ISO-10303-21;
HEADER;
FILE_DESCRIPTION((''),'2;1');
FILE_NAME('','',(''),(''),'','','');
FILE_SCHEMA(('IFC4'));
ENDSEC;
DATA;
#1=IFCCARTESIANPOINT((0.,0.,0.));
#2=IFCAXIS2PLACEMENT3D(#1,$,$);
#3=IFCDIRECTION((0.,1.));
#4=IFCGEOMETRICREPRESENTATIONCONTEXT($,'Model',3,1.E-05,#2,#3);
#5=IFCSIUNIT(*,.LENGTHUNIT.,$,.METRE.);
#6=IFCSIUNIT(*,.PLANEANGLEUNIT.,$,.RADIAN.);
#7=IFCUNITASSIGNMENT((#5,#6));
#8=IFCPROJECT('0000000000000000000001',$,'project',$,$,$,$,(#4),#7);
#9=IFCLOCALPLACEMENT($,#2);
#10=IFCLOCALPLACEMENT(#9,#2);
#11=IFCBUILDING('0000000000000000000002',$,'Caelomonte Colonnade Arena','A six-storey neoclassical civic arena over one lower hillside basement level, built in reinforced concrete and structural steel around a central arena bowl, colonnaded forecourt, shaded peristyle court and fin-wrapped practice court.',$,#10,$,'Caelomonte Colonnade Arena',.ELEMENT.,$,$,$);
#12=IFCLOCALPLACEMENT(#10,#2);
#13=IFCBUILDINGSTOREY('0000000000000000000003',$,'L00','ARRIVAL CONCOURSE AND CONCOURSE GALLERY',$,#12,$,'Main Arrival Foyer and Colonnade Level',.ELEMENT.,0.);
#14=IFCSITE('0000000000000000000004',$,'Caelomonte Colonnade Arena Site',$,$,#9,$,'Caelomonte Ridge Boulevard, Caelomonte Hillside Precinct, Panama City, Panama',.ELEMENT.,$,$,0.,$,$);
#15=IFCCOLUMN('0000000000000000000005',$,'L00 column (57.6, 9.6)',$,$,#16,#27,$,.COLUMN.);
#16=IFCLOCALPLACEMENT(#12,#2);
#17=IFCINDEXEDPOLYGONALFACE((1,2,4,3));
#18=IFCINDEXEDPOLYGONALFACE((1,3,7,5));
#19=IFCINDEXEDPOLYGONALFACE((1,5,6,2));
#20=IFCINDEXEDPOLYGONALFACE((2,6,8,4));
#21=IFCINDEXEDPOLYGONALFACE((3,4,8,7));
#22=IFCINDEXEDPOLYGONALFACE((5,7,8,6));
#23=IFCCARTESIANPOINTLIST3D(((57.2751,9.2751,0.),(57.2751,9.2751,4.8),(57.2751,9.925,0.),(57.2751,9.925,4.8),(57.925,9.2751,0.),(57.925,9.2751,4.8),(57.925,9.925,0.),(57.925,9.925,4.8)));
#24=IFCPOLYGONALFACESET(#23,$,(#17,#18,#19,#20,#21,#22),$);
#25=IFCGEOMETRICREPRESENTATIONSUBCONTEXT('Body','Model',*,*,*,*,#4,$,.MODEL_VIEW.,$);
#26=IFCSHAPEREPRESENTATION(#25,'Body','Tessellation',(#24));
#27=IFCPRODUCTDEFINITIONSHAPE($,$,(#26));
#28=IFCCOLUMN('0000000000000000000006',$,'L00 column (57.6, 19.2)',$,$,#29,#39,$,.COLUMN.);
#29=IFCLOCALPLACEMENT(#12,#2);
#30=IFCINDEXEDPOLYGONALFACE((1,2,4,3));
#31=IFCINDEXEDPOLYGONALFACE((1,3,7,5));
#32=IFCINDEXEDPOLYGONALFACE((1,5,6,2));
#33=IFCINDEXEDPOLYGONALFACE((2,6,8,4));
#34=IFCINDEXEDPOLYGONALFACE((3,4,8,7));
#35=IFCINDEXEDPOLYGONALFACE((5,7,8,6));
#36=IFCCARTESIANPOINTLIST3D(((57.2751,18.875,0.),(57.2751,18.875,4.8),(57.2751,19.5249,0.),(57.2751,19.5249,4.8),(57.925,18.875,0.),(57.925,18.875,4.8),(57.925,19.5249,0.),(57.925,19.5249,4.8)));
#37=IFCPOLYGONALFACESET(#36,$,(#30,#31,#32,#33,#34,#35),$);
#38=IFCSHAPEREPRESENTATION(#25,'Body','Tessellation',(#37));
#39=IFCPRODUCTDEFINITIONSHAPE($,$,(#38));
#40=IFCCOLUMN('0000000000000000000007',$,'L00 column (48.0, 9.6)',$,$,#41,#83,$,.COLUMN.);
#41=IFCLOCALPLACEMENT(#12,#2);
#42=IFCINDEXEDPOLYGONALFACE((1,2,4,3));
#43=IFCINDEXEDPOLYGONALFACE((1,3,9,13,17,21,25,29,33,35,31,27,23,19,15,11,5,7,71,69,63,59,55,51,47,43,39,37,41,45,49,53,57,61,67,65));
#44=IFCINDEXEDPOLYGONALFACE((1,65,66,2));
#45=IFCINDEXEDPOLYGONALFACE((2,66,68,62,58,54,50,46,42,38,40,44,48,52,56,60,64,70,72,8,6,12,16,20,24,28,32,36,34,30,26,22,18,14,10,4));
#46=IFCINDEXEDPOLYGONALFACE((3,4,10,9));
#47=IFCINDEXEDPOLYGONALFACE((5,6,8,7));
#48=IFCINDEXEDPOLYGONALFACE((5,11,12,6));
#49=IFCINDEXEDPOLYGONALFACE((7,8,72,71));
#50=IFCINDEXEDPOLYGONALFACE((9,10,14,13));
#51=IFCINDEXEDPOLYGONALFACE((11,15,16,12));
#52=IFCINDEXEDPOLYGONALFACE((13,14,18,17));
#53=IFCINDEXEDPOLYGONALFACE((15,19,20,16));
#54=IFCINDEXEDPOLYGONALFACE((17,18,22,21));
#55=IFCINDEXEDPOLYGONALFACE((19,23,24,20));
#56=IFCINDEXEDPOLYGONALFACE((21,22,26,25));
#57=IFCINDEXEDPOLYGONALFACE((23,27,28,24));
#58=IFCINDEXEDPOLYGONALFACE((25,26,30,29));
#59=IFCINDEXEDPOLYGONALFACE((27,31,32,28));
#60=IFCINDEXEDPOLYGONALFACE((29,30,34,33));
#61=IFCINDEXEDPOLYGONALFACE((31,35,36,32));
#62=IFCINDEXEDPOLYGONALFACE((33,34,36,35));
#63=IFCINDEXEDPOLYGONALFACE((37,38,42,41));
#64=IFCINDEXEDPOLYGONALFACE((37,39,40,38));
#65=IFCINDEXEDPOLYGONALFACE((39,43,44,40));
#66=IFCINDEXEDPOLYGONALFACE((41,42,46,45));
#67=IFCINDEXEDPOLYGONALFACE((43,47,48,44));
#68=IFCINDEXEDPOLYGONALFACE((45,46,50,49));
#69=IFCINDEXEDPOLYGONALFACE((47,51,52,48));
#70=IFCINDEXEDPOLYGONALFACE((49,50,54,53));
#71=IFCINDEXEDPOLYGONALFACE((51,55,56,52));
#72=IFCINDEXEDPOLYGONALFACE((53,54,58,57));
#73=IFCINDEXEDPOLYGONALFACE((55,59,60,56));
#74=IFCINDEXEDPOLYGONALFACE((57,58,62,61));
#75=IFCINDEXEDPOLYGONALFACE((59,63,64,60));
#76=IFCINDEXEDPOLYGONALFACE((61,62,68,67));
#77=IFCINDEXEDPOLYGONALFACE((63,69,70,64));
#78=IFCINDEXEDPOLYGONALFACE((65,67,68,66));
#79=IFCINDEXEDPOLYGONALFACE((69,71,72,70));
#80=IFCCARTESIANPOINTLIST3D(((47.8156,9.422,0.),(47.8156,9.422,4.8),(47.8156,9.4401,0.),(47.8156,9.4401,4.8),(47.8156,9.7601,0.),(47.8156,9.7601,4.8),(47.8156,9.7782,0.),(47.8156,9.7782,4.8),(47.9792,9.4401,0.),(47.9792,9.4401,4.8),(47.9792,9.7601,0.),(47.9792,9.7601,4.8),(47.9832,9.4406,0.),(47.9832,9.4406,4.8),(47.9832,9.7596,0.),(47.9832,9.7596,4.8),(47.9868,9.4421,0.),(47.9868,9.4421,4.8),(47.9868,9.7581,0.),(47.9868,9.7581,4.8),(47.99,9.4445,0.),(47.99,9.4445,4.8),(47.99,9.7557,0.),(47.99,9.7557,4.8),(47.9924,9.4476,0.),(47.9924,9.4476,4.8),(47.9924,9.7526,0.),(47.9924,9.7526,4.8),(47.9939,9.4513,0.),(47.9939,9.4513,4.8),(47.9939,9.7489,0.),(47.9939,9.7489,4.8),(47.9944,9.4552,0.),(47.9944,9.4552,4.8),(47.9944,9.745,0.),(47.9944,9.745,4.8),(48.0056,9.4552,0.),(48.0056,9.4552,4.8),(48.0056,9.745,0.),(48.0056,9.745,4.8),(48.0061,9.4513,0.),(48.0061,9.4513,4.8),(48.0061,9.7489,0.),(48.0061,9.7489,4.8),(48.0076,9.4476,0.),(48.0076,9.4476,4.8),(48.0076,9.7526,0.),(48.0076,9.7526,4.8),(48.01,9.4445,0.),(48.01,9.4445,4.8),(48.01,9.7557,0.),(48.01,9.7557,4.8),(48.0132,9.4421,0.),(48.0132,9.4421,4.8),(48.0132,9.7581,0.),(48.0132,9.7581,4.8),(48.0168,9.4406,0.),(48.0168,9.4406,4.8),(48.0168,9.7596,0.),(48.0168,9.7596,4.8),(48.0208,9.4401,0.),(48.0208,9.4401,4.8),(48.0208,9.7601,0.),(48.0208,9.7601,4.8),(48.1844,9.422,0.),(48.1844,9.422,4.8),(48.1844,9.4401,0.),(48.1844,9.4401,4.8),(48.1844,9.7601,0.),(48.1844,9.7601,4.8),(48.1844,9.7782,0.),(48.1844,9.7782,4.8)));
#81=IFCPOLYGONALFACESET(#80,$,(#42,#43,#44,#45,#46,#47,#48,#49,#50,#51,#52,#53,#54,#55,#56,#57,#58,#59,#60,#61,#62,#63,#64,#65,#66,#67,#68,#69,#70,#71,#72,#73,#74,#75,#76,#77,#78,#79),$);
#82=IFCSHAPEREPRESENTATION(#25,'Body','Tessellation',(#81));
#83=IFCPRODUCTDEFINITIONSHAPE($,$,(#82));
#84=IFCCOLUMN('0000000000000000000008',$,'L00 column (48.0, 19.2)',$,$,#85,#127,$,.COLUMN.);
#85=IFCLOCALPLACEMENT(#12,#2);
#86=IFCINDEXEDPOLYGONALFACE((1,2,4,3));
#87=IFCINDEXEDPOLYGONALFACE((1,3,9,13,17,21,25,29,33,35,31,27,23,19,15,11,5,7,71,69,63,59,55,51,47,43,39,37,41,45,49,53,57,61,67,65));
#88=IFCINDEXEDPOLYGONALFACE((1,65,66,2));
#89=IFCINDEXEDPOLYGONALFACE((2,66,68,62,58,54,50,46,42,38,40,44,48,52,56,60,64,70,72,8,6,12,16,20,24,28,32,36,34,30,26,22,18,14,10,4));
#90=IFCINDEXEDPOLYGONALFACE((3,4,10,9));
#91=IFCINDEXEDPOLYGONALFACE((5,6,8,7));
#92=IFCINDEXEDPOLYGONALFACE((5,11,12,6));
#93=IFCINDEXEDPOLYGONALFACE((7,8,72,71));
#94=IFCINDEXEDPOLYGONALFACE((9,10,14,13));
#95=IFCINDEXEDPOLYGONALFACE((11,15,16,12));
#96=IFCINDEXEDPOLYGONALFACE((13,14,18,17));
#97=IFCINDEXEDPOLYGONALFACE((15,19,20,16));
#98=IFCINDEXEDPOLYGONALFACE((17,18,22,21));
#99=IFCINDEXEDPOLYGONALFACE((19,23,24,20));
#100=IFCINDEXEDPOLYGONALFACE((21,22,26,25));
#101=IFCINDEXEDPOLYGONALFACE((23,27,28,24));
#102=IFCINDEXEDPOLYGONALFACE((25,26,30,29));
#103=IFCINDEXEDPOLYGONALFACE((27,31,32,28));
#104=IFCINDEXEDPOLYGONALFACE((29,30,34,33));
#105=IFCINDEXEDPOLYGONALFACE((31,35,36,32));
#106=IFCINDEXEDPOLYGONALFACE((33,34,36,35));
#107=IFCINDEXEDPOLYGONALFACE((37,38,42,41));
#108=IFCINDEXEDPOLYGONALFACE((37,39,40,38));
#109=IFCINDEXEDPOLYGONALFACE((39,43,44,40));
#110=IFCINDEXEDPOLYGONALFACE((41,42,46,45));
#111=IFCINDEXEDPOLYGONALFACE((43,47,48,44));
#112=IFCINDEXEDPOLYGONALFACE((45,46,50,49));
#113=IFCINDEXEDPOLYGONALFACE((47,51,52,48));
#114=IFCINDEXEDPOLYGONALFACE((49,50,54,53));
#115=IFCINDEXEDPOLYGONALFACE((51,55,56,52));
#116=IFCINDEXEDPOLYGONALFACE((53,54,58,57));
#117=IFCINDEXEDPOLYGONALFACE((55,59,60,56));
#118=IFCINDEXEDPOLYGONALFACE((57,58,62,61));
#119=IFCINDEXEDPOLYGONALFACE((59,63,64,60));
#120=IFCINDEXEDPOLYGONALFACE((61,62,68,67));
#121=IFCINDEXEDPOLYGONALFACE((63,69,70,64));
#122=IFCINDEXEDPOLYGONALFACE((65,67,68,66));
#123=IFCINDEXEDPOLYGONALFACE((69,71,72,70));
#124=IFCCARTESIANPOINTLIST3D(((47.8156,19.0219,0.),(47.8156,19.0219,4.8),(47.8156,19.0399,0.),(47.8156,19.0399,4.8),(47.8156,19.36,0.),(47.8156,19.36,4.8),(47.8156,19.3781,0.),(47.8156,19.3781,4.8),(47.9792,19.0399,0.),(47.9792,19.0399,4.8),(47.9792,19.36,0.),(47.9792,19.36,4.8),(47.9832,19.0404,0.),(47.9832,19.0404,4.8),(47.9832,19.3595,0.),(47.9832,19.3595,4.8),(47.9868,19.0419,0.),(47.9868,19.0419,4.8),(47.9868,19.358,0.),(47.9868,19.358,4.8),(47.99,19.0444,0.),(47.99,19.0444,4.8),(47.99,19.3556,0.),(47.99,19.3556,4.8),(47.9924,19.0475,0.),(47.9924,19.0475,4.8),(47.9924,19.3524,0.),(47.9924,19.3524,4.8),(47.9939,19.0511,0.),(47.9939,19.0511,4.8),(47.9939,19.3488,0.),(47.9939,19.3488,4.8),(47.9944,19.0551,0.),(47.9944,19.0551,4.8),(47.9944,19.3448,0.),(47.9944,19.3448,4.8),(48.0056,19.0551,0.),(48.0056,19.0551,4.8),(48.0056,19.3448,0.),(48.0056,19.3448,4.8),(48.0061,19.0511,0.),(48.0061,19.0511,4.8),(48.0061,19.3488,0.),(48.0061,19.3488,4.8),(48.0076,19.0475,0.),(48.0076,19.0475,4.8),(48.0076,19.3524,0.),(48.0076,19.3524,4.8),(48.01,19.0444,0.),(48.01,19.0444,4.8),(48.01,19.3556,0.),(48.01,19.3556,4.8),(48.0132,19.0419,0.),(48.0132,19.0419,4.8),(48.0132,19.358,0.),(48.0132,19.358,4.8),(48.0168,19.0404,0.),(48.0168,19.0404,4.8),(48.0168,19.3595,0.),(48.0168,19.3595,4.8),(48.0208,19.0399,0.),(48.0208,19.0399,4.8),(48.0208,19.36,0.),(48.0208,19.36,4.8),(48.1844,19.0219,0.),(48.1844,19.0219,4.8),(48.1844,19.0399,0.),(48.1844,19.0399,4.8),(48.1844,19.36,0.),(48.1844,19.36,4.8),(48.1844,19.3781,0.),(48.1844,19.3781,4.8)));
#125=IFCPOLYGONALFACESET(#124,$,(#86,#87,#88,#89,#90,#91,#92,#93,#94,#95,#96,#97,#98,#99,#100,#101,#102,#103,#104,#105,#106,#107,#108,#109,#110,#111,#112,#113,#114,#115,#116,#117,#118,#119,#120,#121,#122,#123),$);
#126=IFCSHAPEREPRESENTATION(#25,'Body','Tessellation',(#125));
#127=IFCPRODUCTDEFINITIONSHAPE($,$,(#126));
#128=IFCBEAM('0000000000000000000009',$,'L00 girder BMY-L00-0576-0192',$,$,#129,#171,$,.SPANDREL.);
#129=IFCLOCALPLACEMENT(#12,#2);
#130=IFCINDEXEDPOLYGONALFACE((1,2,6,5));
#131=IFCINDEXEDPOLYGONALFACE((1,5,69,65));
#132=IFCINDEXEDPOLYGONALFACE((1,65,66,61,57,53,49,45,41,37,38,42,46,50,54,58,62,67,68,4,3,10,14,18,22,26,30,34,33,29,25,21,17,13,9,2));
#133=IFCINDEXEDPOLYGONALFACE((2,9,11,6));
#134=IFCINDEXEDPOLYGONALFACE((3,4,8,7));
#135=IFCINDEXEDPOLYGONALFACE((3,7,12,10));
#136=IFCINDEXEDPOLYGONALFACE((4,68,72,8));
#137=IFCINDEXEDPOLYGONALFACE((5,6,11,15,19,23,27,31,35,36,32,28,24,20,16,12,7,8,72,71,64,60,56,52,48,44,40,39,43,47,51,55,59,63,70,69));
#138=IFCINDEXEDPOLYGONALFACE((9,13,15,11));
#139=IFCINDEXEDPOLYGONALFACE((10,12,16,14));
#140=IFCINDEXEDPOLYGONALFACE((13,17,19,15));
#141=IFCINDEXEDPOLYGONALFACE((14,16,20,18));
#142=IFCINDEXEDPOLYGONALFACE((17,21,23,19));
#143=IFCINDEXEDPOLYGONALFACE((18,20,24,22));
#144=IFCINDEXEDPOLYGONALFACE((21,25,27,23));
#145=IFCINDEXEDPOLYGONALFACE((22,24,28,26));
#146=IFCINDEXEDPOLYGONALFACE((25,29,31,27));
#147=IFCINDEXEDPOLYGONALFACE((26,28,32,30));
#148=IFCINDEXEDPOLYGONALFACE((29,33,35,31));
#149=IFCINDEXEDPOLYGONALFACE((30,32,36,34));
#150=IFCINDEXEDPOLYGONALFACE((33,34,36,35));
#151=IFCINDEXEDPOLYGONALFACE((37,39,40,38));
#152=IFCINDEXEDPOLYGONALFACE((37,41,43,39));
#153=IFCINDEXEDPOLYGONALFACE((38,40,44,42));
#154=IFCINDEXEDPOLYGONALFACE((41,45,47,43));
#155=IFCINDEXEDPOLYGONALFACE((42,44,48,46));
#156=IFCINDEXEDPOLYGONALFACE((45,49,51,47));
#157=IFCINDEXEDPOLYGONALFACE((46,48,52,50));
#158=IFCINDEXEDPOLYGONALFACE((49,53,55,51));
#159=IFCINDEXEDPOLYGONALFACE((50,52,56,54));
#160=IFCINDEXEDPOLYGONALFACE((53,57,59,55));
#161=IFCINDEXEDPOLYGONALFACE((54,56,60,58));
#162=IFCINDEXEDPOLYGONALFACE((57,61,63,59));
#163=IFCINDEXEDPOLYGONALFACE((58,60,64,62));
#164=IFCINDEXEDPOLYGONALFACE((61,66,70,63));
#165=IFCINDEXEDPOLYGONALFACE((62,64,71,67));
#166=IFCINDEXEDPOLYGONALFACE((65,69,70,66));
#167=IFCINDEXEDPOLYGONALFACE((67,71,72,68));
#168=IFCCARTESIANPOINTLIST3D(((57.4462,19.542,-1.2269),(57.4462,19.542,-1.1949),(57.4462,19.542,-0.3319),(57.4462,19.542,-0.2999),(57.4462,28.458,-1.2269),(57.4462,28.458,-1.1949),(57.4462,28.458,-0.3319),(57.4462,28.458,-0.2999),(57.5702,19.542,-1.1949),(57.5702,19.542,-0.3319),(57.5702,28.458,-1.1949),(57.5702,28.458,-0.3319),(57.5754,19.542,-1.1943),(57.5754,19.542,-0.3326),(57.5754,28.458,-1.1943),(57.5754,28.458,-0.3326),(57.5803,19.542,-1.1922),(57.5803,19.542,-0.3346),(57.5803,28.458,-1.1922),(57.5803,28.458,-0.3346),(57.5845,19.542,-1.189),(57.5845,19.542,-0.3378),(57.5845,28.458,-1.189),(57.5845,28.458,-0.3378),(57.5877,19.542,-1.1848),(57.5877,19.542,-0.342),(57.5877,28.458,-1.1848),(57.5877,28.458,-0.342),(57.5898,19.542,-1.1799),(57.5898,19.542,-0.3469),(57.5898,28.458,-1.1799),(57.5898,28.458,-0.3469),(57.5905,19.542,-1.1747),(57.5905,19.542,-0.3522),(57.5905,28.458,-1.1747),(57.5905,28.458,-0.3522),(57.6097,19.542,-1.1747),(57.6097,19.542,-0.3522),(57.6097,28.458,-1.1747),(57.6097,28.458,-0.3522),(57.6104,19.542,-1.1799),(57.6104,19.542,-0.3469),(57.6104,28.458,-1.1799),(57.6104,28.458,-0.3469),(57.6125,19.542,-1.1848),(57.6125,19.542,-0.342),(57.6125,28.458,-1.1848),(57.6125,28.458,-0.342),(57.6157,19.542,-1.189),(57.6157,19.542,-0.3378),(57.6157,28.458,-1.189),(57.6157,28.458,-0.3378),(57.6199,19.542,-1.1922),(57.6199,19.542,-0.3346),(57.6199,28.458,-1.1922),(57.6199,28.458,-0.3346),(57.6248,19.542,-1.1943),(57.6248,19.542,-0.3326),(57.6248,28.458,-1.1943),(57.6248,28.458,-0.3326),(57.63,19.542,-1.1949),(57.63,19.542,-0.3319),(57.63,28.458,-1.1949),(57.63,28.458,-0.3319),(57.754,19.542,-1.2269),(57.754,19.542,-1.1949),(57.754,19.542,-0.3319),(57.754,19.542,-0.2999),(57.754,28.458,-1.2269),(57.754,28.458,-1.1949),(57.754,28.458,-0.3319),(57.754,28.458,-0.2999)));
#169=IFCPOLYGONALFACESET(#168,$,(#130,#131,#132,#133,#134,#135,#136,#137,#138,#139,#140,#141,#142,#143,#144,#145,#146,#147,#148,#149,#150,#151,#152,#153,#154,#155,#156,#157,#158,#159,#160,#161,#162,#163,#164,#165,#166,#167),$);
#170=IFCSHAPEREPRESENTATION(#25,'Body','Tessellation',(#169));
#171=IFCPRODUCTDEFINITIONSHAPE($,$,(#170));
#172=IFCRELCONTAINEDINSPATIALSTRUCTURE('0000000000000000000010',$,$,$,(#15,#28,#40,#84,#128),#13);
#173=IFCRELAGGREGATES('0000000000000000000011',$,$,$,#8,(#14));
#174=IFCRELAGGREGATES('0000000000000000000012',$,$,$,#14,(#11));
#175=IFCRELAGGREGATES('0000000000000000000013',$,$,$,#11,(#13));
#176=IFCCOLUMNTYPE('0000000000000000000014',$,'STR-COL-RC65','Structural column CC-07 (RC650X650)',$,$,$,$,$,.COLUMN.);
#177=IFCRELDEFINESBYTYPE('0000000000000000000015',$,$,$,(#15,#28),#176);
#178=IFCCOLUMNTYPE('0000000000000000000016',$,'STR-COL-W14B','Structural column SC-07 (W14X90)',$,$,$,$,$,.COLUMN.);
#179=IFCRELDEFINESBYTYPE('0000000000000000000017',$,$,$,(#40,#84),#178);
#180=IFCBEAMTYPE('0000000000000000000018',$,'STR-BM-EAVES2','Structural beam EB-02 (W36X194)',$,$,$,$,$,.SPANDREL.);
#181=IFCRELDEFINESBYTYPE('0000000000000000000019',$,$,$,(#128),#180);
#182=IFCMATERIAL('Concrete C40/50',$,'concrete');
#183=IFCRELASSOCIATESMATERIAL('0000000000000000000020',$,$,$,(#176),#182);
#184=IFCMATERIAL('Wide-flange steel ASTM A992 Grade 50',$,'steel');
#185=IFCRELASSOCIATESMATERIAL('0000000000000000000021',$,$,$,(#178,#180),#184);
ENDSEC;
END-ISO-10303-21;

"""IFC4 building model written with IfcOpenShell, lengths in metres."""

from ifc_helpers import new_model, si_unit, direction, frame, origin, origin_2d, place, context, subcontext, project, spatial, rectangle, i_section, extrude, material, material_profile, profile_set, type_object, element, save


model = new_model("IFC4")

# Units and contexts
model_context = context("Model", 3, precision=1e-05, world=origin(), true_north=direction((0.0, 1.0)))
body_context = subcontext(model_context, "Body", "Model", "MODEL_VIEW")
ifc_project = project(units=[si_unit("LENGTHUNIT", "METRE"), si_unit("PLANEANGLEUNIT", "RADIAN")], contexts=[model_context])

# Site, building, storey
site_placement = place(None, origin())
site = spatial("IfcSite", under=ifc_project, at=site_placement, Name="Caelomonte Colonnade Arena Site", LongName="Caelomonte Ridge Boulevard, Caelomonte Hillside Precinct, Panama City, Panama", CompositionType="ELEMENT", RefElevation=0.0)
building_placement = place(site_placement, origin())
building = spatial("IfcBuilding", under=site, at=building_placement, Name="Caelomonte Colonnade Arena", Description="A six-storey neoclassical civic arena over one lower hillside basement level, built in reinforced concrete and structural steel around a central arena bowl, colonnaded forecourt, shaded peristyle court and fin-wrapped practice court.", LongName="Caelomonte Colonnade Arena", CompositionType="ELEMENT")
storey_placement = place(building_placement, origin())
storey = spatial("IfcBuildingStorey", under=building, at=storey_placement, Name="L00", Description="ARRIVAL CONCOURSE AND CONCOURSE GALLERY", LongName="Main Arrival Foyer and Colonnade Level", CompositionType="ELEMENT", Elevation=0.0)

# Columns
ifc_material_1 = material(Name="Concrete C40/50", Category="concrete")
ifc_material_profile_1 = material_profile(ifc_material_1, rectangle(XDim=0.6499, YDim=0.6499, at=origin_2d()), Name="RC650X650")
ifc_profile_set_1 = profile_set([ifc_material_profile_1], Name="Concrete C40/50")
column_type_1 = type_object("IfcColumnType", Name="STR-COL-RC65", Description="Structural column CC-07 (RC650X650)", PredefinedType="COLUMN", material=ifc_profile_set_1)
for number, where, z_axis, x_axis, name in (
    (1, (57.6001, 9.6001, 0.0), (0.0, 0.0, 1.0), (1.0, 0.0, 0.0), "L00 column (57.6, 9.6)"),
    (2, (57.6001, 19.2, 0.0), (0.0, 0.0, 1.0), (1.0, 0.0, 0.0), "L00 column (57.6, 19.2)"),
):
    element("IfcColumn", number, at=place(storey_placement, frame(where, z_axis=z_axis, x_axis=x_axis)), inside=storey, type_object=column_type_1, Name=name, PredefinedType="COLUMN", context=body_context, shape_type="SweptSolid", body=[
        extrude(rectangle(XDim=0.6499, YDim=0.6499, at=origin_2d()), origin(), (0.0, 0.0, 1.0), 4.8),
    ])
ifc_material_2 = material(Name="Wide-flange steel ASTM A992 Grade 50", Category="steel")
ifc_material_profile_2 = material_profile(ifc_material_2, i_section(OverallWidth=0.3689, OverallDepth=0.3562, WebThickness=0.0112, FlangeThickness=0.0181, FilletRadius=0.0151, at=origin_2d()), Name="W14X90")
ifc_profile_set_2 = profile_set([ifc_material_profile_2], Name="Wide-flange steel ASTM A992 Grade 50")
column_type_2 = type_object("IfcColumnType", Name="STR-COL-W14B", Description="Structural column SC-07 (W14X90)", PredefinedType="COLUMN", material=ifc_profile_set_2)
for number, where, z_axis, x_axis, name in (
    (3, (48.0, 9.6001, 0.0), (0.0, 0.0, 1.0), (1.0, 0.0, 0.0), "L00 column (48.0, 9.6)"),
    (4, (48.0, 19.2, 0.0), (0.0, 0.0, 1.0), (1.0, 0.0, 0.0), "L00 column (48.0, 19.2)"),
):
    element("IfcColumn", number, at=place(storey_placement, frame(where, z_axis=z_axis, x_axis=x_axis)), inside=storey, type_object=column_type_2, Name=name, PredefinedType="COLUMN", context=body_context, shape_type="SweptSolid", body=[
        extrude(i_section(OverallWidth=0.3689, OverallDepth=0.3562, WebThickness=0.0112, FlangeThickness=0.0181, FilletRadius=0.0151, at=origin_2d()), origin(), (0.0, 0.0, 1.0), 4.8),
    ])

# Beam
ifc_material_profile_3 = material_profile(ifc_material_2, i_section(OverallWidth=0.3079, OverallDepth=0.927, WebThickness=0.0193, FlangeThickness=0.032, FilletRadius=0.0203, at=origin_2d()), Name="W36X194")
ifc_profile_set_3 = profile_set([ifc_material_profile_3], Name="Wide-flange steel ASTM A992 Grade 50")
beam_type_1 = type_object("IfcBeamType", Name="STR-BM-EAVES2", Description="Structural beam EB-02 (W36X194)", PredefinedType="SPANDREL", material=ifc_profile_set_3)
beam_1_placement = place(storey_placement, frame((57.6001, 19.542, -0.7634), z_axis=(0.0, 1.0, 0.0), x_axis=(-1.0, 0.0, 0.0)))
element("IfcBeam", 5, at=beam_1_placement, inside=storey, type_object=beam_type_1, Name="L00 girder BMY-L00-0576-0192", PredefinedType="SPANDREL", context=body_context, shape_type="SweptSolid", body=[
    extrude(i_section(OverallWidth=0.3079, OverallDepth=0.927, WebThickness=0.0193, FlangeThickness=0.032, FilletRadius=0.0203, at=origin_2d()), origin(), (0.0, 0.0, 1.0), 8.916),
])

save(model, "model.ifc")
